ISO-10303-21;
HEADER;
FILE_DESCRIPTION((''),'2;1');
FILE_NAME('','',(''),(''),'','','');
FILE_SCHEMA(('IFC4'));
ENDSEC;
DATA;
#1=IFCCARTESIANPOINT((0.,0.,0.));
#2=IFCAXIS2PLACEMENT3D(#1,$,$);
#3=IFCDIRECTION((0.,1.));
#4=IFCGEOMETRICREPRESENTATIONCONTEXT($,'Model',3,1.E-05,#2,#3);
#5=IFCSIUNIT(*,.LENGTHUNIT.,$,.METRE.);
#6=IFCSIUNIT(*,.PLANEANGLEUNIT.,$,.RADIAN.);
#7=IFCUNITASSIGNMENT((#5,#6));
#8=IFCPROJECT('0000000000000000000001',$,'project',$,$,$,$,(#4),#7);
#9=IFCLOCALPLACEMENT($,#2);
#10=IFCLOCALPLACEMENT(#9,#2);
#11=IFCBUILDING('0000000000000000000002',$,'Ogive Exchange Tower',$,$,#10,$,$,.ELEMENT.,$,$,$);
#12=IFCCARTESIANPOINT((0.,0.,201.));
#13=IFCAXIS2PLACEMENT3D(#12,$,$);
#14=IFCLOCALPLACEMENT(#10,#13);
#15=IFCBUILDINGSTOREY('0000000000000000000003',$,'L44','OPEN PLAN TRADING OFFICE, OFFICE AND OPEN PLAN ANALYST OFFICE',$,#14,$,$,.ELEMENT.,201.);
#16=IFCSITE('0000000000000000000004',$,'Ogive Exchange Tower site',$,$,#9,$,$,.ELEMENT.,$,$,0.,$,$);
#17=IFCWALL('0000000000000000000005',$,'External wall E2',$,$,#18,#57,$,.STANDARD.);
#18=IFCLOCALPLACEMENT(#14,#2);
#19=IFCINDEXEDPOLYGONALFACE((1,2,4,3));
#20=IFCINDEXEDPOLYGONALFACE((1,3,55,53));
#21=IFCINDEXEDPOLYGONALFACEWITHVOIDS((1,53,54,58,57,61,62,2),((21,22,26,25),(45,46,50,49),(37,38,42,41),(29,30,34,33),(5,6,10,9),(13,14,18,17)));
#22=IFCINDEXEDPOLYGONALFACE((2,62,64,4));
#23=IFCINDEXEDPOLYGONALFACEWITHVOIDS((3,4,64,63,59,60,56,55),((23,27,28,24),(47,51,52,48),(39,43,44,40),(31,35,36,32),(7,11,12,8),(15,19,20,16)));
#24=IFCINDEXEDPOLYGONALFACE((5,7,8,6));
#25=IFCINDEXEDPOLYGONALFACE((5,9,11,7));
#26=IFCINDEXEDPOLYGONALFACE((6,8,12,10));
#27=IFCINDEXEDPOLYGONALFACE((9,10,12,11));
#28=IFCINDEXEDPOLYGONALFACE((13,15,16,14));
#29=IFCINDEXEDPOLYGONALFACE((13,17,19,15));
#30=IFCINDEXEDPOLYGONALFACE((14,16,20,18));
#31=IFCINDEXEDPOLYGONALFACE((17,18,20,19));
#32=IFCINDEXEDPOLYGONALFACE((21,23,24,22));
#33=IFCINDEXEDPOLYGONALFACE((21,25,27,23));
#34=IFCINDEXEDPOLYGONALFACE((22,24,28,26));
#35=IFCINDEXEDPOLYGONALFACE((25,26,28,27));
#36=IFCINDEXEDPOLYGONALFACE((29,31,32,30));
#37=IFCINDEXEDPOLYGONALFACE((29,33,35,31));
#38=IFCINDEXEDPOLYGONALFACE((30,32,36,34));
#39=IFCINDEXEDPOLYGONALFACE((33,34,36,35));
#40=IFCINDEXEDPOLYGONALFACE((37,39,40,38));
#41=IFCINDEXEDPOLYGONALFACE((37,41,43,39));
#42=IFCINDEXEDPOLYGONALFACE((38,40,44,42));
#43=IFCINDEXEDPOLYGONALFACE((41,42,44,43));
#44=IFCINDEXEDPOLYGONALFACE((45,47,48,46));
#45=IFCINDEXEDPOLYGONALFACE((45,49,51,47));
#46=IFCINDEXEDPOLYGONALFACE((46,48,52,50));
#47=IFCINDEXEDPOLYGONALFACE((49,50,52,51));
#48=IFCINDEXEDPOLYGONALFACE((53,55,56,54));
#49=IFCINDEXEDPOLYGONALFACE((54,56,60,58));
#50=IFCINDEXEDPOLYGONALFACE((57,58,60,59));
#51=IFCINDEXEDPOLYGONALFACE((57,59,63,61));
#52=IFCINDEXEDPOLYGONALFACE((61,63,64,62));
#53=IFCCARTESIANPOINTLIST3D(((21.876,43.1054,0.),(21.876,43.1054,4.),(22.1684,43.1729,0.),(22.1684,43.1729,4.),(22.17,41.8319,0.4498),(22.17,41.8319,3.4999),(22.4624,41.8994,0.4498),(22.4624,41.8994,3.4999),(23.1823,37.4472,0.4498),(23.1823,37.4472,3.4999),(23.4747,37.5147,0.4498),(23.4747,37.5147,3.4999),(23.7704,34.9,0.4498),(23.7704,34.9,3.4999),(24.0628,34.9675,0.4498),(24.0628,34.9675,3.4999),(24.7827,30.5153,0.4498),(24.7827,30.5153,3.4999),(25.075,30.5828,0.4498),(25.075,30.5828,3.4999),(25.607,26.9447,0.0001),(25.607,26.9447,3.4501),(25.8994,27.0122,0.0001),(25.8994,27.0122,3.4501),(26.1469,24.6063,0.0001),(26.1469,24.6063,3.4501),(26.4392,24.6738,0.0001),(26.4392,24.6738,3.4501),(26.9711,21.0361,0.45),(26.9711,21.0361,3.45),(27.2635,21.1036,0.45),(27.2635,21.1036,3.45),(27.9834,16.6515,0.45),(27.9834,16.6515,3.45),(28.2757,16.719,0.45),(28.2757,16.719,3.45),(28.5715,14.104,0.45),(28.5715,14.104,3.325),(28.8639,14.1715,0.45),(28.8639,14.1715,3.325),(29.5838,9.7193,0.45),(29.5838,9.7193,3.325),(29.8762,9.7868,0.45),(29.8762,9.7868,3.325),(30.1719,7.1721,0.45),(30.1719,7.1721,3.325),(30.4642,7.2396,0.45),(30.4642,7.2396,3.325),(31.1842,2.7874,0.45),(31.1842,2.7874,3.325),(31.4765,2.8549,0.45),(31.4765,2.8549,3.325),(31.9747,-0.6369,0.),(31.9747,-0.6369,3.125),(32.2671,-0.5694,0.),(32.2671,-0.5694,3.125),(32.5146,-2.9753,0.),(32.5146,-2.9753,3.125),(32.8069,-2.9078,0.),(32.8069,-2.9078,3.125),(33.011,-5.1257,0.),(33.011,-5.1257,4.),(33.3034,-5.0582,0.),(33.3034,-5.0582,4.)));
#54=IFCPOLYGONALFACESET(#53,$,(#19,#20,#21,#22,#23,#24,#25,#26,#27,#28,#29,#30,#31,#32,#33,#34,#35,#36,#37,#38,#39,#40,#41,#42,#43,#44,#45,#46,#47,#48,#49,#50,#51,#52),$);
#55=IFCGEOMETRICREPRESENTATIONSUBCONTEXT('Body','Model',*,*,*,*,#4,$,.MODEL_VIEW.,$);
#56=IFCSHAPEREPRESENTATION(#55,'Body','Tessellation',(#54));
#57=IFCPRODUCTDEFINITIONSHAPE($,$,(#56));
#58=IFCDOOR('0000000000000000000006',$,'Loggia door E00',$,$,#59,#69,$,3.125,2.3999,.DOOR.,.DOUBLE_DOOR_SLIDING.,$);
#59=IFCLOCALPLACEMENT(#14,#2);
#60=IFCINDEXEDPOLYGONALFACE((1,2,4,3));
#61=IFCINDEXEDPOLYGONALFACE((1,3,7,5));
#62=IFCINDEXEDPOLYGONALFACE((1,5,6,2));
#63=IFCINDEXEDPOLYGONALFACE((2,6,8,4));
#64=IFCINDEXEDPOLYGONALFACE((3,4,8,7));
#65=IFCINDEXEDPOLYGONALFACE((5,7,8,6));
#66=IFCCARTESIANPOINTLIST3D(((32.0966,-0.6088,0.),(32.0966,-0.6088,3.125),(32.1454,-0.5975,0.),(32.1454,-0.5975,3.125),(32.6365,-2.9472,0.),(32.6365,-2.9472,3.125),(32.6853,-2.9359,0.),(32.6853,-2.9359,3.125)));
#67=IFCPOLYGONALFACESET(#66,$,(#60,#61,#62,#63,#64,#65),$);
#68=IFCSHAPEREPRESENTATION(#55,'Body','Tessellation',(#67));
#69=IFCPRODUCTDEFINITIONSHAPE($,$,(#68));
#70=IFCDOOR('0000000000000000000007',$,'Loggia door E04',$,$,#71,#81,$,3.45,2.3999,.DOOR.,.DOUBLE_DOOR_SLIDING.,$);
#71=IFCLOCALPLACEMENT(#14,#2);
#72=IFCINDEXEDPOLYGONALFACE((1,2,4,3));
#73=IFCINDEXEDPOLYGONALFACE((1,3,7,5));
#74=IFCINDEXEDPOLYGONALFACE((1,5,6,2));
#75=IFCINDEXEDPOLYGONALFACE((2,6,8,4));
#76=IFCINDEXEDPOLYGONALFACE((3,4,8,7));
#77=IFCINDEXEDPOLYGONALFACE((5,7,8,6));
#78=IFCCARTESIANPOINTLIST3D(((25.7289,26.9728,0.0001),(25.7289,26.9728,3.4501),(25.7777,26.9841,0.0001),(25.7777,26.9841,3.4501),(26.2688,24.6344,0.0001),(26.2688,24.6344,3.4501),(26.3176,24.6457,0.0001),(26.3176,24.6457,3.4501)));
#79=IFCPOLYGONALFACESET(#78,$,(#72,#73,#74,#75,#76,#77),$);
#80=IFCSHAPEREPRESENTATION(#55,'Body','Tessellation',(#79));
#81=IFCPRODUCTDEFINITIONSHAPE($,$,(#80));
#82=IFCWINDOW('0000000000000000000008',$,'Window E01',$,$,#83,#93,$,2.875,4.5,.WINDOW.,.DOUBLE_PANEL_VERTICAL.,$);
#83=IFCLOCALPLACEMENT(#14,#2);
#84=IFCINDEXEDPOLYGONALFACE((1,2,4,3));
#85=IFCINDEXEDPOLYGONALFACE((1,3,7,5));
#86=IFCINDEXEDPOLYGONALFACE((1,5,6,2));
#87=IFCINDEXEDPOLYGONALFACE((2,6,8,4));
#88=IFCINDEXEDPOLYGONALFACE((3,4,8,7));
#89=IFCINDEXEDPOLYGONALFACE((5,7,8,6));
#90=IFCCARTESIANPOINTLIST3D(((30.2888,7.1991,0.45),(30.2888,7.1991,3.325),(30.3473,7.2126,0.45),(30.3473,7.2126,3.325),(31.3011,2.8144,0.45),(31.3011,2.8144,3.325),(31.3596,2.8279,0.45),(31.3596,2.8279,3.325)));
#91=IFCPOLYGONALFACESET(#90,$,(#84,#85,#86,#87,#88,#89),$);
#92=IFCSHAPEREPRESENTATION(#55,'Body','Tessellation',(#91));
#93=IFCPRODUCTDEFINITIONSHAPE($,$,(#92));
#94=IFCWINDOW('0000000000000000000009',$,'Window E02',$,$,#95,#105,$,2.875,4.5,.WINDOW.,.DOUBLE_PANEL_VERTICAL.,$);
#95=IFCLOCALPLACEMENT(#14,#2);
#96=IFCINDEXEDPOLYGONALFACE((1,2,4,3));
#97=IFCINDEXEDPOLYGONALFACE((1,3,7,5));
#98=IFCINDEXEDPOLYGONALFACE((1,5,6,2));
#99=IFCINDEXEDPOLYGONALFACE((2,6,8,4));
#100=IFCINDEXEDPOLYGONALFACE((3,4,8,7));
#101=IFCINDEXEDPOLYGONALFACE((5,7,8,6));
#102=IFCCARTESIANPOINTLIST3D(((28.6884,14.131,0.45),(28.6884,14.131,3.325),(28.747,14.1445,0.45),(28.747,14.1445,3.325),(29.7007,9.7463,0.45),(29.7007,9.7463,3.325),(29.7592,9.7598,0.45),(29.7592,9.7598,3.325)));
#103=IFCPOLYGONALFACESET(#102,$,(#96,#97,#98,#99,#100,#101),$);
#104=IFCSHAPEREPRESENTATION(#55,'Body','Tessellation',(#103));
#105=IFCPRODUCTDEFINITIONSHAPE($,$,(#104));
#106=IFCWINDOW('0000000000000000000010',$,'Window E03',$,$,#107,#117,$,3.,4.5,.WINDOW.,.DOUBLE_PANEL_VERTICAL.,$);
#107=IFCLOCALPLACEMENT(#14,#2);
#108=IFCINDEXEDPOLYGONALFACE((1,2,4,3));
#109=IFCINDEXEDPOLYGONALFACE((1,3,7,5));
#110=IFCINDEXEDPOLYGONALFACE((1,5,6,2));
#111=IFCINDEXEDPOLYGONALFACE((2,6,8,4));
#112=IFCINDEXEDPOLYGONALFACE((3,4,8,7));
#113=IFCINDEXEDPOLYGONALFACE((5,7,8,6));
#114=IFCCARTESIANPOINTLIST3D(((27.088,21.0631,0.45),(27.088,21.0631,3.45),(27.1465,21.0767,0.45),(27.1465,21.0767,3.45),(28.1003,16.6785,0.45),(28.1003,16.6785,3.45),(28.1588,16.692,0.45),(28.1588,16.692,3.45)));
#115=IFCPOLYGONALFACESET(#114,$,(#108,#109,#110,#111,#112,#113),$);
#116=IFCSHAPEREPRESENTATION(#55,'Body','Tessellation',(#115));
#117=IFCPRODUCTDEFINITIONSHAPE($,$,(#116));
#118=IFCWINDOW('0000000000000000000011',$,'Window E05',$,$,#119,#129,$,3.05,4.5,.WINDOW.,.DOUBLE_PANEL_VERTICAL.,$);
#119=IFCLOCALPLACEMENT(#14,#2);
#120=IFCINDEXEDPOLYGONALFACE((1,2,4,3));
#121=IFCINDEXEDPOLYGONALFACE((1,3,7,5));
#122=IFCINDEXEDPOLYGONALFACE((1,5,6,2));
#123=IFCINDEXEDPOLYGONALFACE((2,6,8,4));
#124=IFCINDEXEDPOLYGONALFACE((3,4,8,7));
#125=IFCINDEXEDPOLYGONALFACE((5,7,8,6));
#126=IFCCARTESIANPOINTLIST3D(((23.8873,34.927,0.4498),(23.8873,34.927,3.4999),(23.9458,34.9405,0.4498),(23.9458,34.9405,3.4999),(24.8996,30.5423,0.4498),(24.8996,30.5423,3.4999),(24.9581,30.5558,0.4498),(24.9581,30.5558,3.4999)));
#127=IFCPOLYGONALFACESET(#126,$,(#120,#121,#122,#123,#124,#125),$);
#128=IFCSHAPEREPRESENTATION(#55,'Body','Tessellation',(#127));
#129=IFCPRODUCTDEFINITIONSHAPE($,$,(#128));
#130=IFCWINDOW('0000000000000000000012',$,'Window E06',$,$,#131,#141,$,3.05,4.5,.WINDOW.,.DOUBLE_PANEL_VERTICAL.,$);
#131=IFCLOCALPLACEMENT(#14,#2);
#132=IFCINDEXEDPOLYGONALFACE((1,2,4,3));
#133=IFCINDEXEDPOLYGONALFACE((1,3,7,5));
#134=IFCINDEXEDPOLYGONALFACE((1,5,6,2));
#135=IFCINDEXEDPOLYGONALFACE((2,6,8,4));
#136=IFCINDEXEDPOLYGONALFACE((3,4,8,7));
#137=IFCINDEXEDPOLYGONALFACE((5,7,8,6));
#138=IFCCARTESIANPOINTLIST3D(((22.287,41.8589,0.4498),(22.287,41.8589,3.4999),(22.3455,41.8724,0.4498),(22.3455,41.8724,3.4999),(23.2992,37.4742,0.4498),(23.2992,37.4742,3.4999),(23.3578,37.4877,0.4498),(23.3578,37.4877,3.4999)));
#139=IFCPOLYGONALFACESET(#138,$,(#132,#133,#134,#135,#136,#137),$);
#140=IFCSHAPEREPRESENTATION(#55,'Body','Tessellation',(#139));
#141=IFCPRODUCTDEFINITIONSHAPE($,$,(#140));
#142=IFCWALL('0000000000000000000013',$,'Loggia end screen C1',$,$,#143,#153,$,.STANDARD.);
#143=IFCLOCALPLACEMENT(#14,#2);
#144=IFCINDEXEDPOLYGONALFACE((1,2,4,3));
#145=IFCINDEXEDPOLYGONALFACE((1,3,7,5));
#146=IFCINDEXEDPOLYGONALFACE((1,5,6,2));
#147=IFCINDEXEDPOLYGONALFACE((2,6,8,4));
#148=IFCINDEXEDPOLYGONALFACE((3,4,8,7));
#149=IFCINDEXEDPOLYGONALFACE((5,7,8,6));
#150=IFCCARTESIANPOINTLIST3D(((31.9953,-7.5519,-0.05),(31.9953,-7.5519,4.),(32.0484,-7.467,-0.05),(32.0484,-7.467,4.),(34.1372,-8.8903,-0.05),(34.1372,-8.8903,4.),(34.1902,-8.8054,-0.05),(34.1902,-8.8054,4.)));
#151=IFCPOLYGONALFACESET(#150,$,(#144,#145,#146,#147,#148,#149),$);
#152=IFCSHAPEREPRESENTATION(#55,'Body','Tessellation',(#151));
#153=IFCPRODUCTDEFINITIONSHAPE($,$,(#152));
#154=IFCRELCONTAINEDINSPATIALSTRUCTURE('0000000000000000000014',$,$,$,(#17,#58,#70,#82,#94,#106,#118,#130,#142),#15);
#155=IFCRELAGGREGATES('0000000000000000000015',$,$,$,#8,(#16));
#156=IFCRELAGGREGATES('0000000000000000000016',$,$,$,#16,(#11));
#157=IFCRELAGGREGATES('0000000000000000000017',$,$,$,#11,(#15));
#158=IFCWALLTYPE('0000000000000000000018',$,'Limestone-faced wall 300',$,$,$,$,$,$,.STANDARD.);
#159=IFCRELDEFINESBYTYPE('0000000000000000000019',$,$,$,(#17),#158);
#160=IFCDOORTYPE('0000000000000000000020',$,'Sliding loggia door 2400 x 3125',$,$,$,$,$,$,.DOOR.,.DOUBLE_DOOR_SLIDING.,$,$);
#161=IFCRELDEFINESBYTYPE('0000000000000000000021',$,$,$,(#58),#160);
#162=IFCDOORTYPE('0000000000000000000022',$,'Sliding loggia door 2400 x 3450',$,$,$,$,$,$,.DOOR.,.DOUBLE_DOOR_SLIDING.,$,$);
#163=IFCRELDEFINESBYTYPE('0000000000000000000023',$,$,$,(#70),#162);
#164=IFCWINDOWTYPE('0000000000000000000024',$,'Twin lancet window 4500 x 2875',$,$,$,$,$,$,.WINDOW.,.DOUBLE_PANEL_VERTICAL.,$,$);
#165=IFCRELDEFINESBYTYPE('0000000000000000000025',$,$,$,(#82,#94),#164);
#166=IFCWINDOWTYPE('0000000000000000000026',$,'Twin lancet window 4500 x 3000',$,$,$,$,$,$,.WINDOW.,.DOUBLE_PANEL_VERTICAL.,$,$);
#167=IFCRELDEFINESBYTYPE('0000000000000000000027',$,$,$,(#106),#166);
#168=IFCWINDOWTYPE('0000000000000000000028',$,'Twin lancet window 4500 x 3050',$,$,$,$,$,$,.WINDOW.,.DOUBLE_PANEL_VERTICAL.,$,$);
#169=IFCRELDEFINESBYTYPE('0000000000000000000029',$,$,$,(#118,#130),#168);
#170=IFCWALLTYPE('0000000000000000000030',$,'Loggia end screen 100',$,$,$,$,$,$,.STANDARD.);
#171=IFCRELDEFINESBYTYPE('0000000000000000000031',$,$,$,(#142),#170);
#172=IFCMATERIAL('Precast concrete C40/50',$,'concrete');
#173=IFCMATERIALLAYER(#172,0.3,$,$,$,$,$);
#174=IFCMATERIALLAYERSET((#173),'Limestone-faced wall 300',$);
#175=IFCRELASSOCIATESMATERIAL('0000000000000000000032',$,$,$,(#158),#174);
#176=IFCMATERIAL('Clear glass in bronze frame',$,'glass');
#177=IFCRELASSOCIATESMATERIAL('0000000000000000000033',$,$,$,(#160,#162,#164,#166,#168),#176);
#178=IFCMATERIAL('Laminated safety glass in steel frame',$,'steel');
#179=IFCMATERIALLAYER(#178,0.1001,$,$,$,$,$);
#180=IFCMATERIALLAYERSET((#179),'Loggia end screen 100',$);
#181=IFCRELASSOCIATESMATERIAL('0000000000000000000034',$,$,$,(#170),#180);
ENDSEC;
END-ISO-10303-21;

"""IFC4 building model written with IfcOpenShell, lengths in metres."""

from ifc_helpers import new_model, si_unit, direction, frame, frame_2d, origin, place, context, subcontext, project, spatial, rectangle, extrude, material, layer, layer_set, type_object, element, fill, save


model = new_model("IFC4")

# Units and contexts
model_context = context("Model", 3, precision=1e-05, world=origin(), true_north=direction((0.0, 1.0)))
body_context = subcontext(model_context, "Body", "Model", "MODEL_VIEW")
ifc_project = project(units=[si_unit("LENGTHUNIT", "METRE"), si_unit("PLANEANGLEUNIT", "RADIAN")], contexts=[model_context])

# Site, building, storey
site_placement = place(None, origin())
site = spatial("IfcSite", under=ifc_project, at=site_placement, Name="Ogive Exchange Tower site", CompositionType="ELEMENT", RefElevation=0.0)
building_placement = place(site_placement, origin())
building = spatial("IfcBuilding", under=site, at=building_placement, Name="Ogive Exchange Tower", CompositionType="ELEMENT")
storey_placement = place(building_placement, frame((0.0, 0.0, 201.0)))
storey = spatial("IfcBuildingStorey", under=building, at=storey_placement, Name="L44", Description="OPEN PLAN TRADING OFFICE, OFFICE AND OPEN PLAN ANALYST OFFICE", CompositionType="ELEMENT", Elevation=201.0)

# Wall, openings, doors, windows
ifc_material_1 = material(Name="Precast concrete C40/50", Category="concrete")
ifc_layer_1 = layer(ifc_material_1, 0.3)
ifc_layer_set_1 = layer_set([ifc_layer_1], Name="Limestone-faced wall 300")
wall_type_1 = type_object("IfcWallType", Name="Limestone-faced wall 300", PredefinedType="STANDARD", material=ifc_layer_set_1)
wall_1_placement = place(storey_placement, frame((33.1572, -5.092, 0.0), z_axis=(0.0, 0.0, 1.0), x_axis=(-0.22495, 0.97437, 0.0)))
wall_1 = element("IfcWall", 1, at=wall_1_placement, inside=storey, type_object=wall_type_1, Name="External wall E2", PredefinedType="STANDARD", context=body_context, shape_type="SweptSolid", body=[
    extrude(rectangle(XDim=49.4998, YDim=0.3, at=frame_2d((24.75, 0.0))), origin(), (0.0, 0.0, 1.0), 4.0),
])
opening_1_placement = place(wall_1_placement, frame((2.207, 0.0, 0.0)))
opening_1 = element("IfcOpeningElement", 2, at=opening_1_placement, cuts=wall_1, PredefinedType="OPENING", context=body_context, shape_type="SweptSolid", body=[
    extrude(rectangle(XDim=2.3999, YDim=3.125, at=frame_2d((1.2, 1.5625))), frame((0.0, 0.1599, 0.0), z_axis=(0.0, -1.0, 0.0), x_axis=(1.0, 0.0, 0.0)), (0.0, 0.0, 1.0), 0.3201),
])
opening_2_placement = place(wall_1_placement, frame((8.1213, 0.0, 0.45)))
opening_2 = element("IfcOpeningElement", 3, at=opening_2_placement, cuts=wall_1, PredefinedType="OPENING", context=body_context, shape_type="SweptSolid", body=[
    extrude(rectangle(XDim=4.5, YDim=2.875, at=frame_2d((2.25, 1.4375))), frame((0.0, 0.1599, 0.0), z_axis=(0.0, -1.0, 0.0), x_axis=(1.0, 0.0, 0.0)), (0.0, 0.0, 1.0), 0.3201),
])
opening_3_placement = place(wall_1_placement, frame((15.2356, 0.0, 0.45)))
opening_3 = element("IfcOpeningElement", 4, at=opening_3_placement, cuts=wall_1, PredefinedType="OPENING", context=body_context, shape_type="SweptSolid", body=[
    extrude(rectangle(XDim=4.5, YDim=2.875, at=frame_2d((2.25, 1.4375))), frame((0.0, 0.1599, 0.0), z_axis=(0.0, -1.0, 0.0), x_axis=(1.0, 0.0, 0.0)), (0.0, 0.0, 1.0), 0.3201),
])
opening_4_placement = place(wall_1_placement, frame((22.3501, 0.0, 0.45)))
opening_4 = element("IfcOpeningElement", 5, at=opening_4_placement, cuts=wall_1, PredefinedType="OPENING", context=body_context, shape_type="SweptSolid", body=[
    extrude(rectangle(XDim=4.5, YDim=3.0, at=frame_2d((2.25, 1.5))), frame((0.0, 0.1599, 0.0), z_axis=(0.0, -1.0, 0.0), x_axis=(1.0, 0.0, 0.0)), (0.0, 0.0, 1.0), 0.3201),
])
opening_5_placement = place(wall_1_placement, frame((30.5142, 0.0, 0.0)))
opening_5 = element("IfcOpeningElement", 6, at=opening_5_placement, cuts=wall_1, PredefinedType="OPENING", context=body_context, shape_type="SweptSolid", body=[
    extrude(rectangle(XDim=2.3999, YDim=3.45, at=frame_2d((1.2, 1.7251))), frame((0.0, 0.1599, 0.0), z_axis=(0.0, -1.0, 0.0), x_axis=(1.0, 0.0, 0.0)), (0.0, 0.0, 1.0), 0.3201),
])
opening_6_placement = place(wall_1_placement, frame((36.5786, 0.0, 0.45)))
opening_6 = element("IfcOpeningElement", 7, at=opening_6_placement, cuts=wall_1, PredefinedType="OPENING", context=body_context, shape_type="SweptSolid", body=[
    extrude(rectangle(XDim=4.5, YDim=3.05, at=frame_2d((2.25, 1.5249))), frame((0.0, 0.1599, 0.0), z_axis=(0.0, -1.0, 0.0), x_axis=(1.0, 0.0, 0.0)), (0.0, 0.0, 1.0), 0.3201),
])
opening_7_placement = place(wall_1_placement, frame((43.6929, 0.0, 0.45)))
opening_7 = element("IfcOpeningElement", 8, at=opening_7_placement, cuts=wall_1, PredefinedType="OPENING", context=body_context, shape_type="SweptSolid", body=[
    extrude(rectangle(XDim=4.5, YDim=3.05, at=frame_2d((2.25, 1.5249))), frame((0.0, 0.1599, 0.0), z_axis=(0.0, -1.0, 0.0), x_axis=(1.0, 0.0, 0.0)), (0.0, 0.0, 1.0), 0.3201),
])
ifc_material_2 = material(Name="Clear glass in bronze frame", Category="glass")
door_type_1 = type_object("IfcDoorType", Name="Sliding loggia door 2400 x 3125", OperationType="DOUBLE_DOOR_SLIDING", PredefinedType="DOOR", material=ifc_material_2)
door_1_placement = place(opening_1_placement, origin())
door_1 = element("IfcDoor", 9, at=door_1_placement, inside=storey, type_object=door_type_1, Name="Loggia door E00", OperationType="DOUBLE_DOOR_SLIDING", OverallHeight=3.125, OverallWidth=2.3999, PredefinedType="DOOR", context=body_context, shape_type="SweptSolid", body=[
    extrude(rectangle(XDim=2.3999, YDim=3.125, at=frame_2d((1.2, 1.5625))), frame((0.0, 0.0249, 0.0), z_axis=(0.0, -1.0, 0.0), x_axis=(1.0, 0.0, 0.0)), (0.0, 0.0, 1.0), 0.05),
])
fill(opening_1, door_1)
door_type_2 = type_object("IfcDoorType", Name="Sliding loggia door 2400 x 3450", OperationType="DOUBLE_DOOR_SLIDING", PredefinedType="DOOR", material=ifc_material_2)
door_2_placement = place(opening_5_placement, origin())
door_2 = element("IfcDoor", 10, at=door_2_placement, inside=storey, type_object=door_type_2, Name="Loggia door E04", OperationType="DOUBLE_DOOR_SLIDING", OverallHeight=3.45, OverallWidth=2.3999, PredefinedType="DOOR", context=body_context, shape_type="SweptSolid", body=[
    extrude(rectangle(XDim=2.3999, YDim=3.45, at=frame_2d((1.2, 1.7251))), frame((0.0, 0.0249, 0.0), z_axis=(0.0, -1.0, 0.0), x_axis=(1.0, 0.0, 0.0)), (0.0, 0.0, 1.0), 0.05),
])
fill(opening_5, door_2)
window_type_1 = type_object("IfcWindowType", Name="Twin lancet window 4500 x 2875", PartitioningType="DOUBLE_PANEL_VERTICAL", PredefinedType="WINDOW", material=ifc_material_2)
window_1_placement = place(opening_2_placement, origin())
window_1 = element("IfcWindow", 11, at=window_1_placement, inside=storey, type_object=window_type_1, Name="Window E01", OverallHeight=2.875, OverallWidth=4.5, PartitioningType="DOUBLE_PANEL_VERTICAL", PredefinedType="WINDOW", context=body_context, shape_type="SweptSolid", body=[
    extrude(rectangle(XDim=4.5, YDim=2.875, at=frame_2d((2.25, 1.4375))), frame((0.0, 0.03, 0.0), z_axis=(0.0, -1.0, 0.0), x_axis=(1.0, 0.0, 0.0)), (0.0, 0.0, 1.0), 0.0601),
])
fill(opening_2, window_1)
window_2_placement = place(opening_3_placement, origin())
window_2 = element("IfcWindow", 12, at=window_2_placement, inside=storey, type_object=window_type_1, Name="Window E02", OverallHeight=2.875, OverallWidth=4.5, PartitioningType="DOUBLE_PANEL_VERTICAL", PredefinedType="WINDOW", context=body_context, shape_type="SweptSolid", body=[
    extrude(rectangle(XDim=4.5, YDim=2.875, at=frame_2d((2.25, 1.4375))), frame((0.0, 0.03, 0.0), z_axis=(0.0, -1.0, 0.0), x_axis=(1.0, 0.0, 0.0)), (0.0, 0.0, 1.0), 0.0601),
])
fill(opening_3, window_2)
window_type_2 = type_object("IfcWindowType", Name="Twin lancet window 4500 x 3000", PartitioningType="DOUBLE_PANEL_VERTICAL", PredefinedType="WINDOW", material=ifc_material_2)
window_3_placement = place(opening_4_placement, origin())
window_3 = element("IfcWindow", 13, at=window_3_placement, inside=storey, type_object=window_type_2, Name="Window E03", OverallHeight=3.0, OverallWidth=4.5, PartitioningType="DOUBLE_PANEL_VERTICAL", PredefinedType="WINDOW", context=body_context, shape_type="SweptSolid", body=[
    extrude(rectangle(XDim=4.5, YDim=3.0, at=frame_2d((2.25, 1.5))), frame((0.0, 0.03, 0.0), z_axis=(0.0, -1.0, 0.0), x_axis=(1.0, 0.0, 0.0)), (0.0, 0.0, 1.0), 0.0601),
])
fill(opening_4, window_3)
window_type_3 = type_object("IfcWindowType", Name="Twin lancet window 4500 x 3050", PartitioningType="DOUBLE_PANEL_VERTICAL", PredefinedType="WINDOW", material=ifc_material_2)
window_4_placement = place(opening_6_placement, origin())
window_4 = element("IfcWindow", 14, at=window_4_placement, inside=storey, type_object=window_type_3, Name="Window E05", OverallHeight=3.05, OverallWidth=4.5, PartitioningType="DOUBLE_PANEL_VERTICAL", PredefinedType="WINDOW", context=body_context, shape_type="SweptSolid", body=[
    extrude(rectangle(XDim=4.5, YDim=3.05, at=frame_2d((2.25, 1.5249))), frame((0.0, 0.03, 0.0), z_axis=(0.0, -1.0, 0.0), x_axis=(1.0, 0.0, 0.0)), (0.0, 0.0, 1.0), 0.0601),
])
fill(opening_6, window_4)
window_5_placement = place(opening_7_placement, origin())
window_5 = element("IfcWindow", 15, at=window_5_placement, inside=storey, type_object=window_type_3, Name="Window E06", OverallHeight=3.05, OverallWidth=4.5, PartitioningType="DOUBLE_PANEL_VERTICAL", PredefinedType="WINDOW", context=body_context, shape_type="SweptSolid", body=[
    extrude(rectangle(XDim=4.5, YDim=3.05, at=frame_2d((2.25, 1.5249))), frame((0.0, 0.03, 0.0), z_axis=(0.0, -1.0, 0.0), x_axis=(1.0, 0.0, 0.0)), (0.0, 0.0, 1.0), 0.0601),
])
fill(opening_7, window_5)

# Wall
ifc_material_3 = material(Name="Laminated safety glass in steel frame", Category="steel")
ifc_layer_2 = layer(ifc_material_3, 0.1001)
ifc_layer_set_2 = layer_set([ifc_layer_2], Name="Loggia end screen 100")
wall_type_2 = type_object("IfcWallType", Name="Loggia end screen 100", PredefinedType="STANDARD", material=ifc_layer_set_2)
wall_2_placement = place(storey_placement, frame((32.022, -7.5095, -0.05), z_axis=(0.0, 0.0, 1.0), x_axis=(0.848047, -0.529921, 0.0)))
element("IfcWall", 16, at=wall_2_placement, inside=storey, type_object=wall_type_2, Name="Loggia end screen C1", PredefinedType="STANDARD", context=body_context, shape_type="SweptSolid", body=[
    extrude(rectangle(XDim=2.5256, YDim=0.1001, at=frame_2d((1.2627, 0.0))), origin(), (0.0, 0.0, 1.0), 4.05),
])

save(model, "model.ifc")
